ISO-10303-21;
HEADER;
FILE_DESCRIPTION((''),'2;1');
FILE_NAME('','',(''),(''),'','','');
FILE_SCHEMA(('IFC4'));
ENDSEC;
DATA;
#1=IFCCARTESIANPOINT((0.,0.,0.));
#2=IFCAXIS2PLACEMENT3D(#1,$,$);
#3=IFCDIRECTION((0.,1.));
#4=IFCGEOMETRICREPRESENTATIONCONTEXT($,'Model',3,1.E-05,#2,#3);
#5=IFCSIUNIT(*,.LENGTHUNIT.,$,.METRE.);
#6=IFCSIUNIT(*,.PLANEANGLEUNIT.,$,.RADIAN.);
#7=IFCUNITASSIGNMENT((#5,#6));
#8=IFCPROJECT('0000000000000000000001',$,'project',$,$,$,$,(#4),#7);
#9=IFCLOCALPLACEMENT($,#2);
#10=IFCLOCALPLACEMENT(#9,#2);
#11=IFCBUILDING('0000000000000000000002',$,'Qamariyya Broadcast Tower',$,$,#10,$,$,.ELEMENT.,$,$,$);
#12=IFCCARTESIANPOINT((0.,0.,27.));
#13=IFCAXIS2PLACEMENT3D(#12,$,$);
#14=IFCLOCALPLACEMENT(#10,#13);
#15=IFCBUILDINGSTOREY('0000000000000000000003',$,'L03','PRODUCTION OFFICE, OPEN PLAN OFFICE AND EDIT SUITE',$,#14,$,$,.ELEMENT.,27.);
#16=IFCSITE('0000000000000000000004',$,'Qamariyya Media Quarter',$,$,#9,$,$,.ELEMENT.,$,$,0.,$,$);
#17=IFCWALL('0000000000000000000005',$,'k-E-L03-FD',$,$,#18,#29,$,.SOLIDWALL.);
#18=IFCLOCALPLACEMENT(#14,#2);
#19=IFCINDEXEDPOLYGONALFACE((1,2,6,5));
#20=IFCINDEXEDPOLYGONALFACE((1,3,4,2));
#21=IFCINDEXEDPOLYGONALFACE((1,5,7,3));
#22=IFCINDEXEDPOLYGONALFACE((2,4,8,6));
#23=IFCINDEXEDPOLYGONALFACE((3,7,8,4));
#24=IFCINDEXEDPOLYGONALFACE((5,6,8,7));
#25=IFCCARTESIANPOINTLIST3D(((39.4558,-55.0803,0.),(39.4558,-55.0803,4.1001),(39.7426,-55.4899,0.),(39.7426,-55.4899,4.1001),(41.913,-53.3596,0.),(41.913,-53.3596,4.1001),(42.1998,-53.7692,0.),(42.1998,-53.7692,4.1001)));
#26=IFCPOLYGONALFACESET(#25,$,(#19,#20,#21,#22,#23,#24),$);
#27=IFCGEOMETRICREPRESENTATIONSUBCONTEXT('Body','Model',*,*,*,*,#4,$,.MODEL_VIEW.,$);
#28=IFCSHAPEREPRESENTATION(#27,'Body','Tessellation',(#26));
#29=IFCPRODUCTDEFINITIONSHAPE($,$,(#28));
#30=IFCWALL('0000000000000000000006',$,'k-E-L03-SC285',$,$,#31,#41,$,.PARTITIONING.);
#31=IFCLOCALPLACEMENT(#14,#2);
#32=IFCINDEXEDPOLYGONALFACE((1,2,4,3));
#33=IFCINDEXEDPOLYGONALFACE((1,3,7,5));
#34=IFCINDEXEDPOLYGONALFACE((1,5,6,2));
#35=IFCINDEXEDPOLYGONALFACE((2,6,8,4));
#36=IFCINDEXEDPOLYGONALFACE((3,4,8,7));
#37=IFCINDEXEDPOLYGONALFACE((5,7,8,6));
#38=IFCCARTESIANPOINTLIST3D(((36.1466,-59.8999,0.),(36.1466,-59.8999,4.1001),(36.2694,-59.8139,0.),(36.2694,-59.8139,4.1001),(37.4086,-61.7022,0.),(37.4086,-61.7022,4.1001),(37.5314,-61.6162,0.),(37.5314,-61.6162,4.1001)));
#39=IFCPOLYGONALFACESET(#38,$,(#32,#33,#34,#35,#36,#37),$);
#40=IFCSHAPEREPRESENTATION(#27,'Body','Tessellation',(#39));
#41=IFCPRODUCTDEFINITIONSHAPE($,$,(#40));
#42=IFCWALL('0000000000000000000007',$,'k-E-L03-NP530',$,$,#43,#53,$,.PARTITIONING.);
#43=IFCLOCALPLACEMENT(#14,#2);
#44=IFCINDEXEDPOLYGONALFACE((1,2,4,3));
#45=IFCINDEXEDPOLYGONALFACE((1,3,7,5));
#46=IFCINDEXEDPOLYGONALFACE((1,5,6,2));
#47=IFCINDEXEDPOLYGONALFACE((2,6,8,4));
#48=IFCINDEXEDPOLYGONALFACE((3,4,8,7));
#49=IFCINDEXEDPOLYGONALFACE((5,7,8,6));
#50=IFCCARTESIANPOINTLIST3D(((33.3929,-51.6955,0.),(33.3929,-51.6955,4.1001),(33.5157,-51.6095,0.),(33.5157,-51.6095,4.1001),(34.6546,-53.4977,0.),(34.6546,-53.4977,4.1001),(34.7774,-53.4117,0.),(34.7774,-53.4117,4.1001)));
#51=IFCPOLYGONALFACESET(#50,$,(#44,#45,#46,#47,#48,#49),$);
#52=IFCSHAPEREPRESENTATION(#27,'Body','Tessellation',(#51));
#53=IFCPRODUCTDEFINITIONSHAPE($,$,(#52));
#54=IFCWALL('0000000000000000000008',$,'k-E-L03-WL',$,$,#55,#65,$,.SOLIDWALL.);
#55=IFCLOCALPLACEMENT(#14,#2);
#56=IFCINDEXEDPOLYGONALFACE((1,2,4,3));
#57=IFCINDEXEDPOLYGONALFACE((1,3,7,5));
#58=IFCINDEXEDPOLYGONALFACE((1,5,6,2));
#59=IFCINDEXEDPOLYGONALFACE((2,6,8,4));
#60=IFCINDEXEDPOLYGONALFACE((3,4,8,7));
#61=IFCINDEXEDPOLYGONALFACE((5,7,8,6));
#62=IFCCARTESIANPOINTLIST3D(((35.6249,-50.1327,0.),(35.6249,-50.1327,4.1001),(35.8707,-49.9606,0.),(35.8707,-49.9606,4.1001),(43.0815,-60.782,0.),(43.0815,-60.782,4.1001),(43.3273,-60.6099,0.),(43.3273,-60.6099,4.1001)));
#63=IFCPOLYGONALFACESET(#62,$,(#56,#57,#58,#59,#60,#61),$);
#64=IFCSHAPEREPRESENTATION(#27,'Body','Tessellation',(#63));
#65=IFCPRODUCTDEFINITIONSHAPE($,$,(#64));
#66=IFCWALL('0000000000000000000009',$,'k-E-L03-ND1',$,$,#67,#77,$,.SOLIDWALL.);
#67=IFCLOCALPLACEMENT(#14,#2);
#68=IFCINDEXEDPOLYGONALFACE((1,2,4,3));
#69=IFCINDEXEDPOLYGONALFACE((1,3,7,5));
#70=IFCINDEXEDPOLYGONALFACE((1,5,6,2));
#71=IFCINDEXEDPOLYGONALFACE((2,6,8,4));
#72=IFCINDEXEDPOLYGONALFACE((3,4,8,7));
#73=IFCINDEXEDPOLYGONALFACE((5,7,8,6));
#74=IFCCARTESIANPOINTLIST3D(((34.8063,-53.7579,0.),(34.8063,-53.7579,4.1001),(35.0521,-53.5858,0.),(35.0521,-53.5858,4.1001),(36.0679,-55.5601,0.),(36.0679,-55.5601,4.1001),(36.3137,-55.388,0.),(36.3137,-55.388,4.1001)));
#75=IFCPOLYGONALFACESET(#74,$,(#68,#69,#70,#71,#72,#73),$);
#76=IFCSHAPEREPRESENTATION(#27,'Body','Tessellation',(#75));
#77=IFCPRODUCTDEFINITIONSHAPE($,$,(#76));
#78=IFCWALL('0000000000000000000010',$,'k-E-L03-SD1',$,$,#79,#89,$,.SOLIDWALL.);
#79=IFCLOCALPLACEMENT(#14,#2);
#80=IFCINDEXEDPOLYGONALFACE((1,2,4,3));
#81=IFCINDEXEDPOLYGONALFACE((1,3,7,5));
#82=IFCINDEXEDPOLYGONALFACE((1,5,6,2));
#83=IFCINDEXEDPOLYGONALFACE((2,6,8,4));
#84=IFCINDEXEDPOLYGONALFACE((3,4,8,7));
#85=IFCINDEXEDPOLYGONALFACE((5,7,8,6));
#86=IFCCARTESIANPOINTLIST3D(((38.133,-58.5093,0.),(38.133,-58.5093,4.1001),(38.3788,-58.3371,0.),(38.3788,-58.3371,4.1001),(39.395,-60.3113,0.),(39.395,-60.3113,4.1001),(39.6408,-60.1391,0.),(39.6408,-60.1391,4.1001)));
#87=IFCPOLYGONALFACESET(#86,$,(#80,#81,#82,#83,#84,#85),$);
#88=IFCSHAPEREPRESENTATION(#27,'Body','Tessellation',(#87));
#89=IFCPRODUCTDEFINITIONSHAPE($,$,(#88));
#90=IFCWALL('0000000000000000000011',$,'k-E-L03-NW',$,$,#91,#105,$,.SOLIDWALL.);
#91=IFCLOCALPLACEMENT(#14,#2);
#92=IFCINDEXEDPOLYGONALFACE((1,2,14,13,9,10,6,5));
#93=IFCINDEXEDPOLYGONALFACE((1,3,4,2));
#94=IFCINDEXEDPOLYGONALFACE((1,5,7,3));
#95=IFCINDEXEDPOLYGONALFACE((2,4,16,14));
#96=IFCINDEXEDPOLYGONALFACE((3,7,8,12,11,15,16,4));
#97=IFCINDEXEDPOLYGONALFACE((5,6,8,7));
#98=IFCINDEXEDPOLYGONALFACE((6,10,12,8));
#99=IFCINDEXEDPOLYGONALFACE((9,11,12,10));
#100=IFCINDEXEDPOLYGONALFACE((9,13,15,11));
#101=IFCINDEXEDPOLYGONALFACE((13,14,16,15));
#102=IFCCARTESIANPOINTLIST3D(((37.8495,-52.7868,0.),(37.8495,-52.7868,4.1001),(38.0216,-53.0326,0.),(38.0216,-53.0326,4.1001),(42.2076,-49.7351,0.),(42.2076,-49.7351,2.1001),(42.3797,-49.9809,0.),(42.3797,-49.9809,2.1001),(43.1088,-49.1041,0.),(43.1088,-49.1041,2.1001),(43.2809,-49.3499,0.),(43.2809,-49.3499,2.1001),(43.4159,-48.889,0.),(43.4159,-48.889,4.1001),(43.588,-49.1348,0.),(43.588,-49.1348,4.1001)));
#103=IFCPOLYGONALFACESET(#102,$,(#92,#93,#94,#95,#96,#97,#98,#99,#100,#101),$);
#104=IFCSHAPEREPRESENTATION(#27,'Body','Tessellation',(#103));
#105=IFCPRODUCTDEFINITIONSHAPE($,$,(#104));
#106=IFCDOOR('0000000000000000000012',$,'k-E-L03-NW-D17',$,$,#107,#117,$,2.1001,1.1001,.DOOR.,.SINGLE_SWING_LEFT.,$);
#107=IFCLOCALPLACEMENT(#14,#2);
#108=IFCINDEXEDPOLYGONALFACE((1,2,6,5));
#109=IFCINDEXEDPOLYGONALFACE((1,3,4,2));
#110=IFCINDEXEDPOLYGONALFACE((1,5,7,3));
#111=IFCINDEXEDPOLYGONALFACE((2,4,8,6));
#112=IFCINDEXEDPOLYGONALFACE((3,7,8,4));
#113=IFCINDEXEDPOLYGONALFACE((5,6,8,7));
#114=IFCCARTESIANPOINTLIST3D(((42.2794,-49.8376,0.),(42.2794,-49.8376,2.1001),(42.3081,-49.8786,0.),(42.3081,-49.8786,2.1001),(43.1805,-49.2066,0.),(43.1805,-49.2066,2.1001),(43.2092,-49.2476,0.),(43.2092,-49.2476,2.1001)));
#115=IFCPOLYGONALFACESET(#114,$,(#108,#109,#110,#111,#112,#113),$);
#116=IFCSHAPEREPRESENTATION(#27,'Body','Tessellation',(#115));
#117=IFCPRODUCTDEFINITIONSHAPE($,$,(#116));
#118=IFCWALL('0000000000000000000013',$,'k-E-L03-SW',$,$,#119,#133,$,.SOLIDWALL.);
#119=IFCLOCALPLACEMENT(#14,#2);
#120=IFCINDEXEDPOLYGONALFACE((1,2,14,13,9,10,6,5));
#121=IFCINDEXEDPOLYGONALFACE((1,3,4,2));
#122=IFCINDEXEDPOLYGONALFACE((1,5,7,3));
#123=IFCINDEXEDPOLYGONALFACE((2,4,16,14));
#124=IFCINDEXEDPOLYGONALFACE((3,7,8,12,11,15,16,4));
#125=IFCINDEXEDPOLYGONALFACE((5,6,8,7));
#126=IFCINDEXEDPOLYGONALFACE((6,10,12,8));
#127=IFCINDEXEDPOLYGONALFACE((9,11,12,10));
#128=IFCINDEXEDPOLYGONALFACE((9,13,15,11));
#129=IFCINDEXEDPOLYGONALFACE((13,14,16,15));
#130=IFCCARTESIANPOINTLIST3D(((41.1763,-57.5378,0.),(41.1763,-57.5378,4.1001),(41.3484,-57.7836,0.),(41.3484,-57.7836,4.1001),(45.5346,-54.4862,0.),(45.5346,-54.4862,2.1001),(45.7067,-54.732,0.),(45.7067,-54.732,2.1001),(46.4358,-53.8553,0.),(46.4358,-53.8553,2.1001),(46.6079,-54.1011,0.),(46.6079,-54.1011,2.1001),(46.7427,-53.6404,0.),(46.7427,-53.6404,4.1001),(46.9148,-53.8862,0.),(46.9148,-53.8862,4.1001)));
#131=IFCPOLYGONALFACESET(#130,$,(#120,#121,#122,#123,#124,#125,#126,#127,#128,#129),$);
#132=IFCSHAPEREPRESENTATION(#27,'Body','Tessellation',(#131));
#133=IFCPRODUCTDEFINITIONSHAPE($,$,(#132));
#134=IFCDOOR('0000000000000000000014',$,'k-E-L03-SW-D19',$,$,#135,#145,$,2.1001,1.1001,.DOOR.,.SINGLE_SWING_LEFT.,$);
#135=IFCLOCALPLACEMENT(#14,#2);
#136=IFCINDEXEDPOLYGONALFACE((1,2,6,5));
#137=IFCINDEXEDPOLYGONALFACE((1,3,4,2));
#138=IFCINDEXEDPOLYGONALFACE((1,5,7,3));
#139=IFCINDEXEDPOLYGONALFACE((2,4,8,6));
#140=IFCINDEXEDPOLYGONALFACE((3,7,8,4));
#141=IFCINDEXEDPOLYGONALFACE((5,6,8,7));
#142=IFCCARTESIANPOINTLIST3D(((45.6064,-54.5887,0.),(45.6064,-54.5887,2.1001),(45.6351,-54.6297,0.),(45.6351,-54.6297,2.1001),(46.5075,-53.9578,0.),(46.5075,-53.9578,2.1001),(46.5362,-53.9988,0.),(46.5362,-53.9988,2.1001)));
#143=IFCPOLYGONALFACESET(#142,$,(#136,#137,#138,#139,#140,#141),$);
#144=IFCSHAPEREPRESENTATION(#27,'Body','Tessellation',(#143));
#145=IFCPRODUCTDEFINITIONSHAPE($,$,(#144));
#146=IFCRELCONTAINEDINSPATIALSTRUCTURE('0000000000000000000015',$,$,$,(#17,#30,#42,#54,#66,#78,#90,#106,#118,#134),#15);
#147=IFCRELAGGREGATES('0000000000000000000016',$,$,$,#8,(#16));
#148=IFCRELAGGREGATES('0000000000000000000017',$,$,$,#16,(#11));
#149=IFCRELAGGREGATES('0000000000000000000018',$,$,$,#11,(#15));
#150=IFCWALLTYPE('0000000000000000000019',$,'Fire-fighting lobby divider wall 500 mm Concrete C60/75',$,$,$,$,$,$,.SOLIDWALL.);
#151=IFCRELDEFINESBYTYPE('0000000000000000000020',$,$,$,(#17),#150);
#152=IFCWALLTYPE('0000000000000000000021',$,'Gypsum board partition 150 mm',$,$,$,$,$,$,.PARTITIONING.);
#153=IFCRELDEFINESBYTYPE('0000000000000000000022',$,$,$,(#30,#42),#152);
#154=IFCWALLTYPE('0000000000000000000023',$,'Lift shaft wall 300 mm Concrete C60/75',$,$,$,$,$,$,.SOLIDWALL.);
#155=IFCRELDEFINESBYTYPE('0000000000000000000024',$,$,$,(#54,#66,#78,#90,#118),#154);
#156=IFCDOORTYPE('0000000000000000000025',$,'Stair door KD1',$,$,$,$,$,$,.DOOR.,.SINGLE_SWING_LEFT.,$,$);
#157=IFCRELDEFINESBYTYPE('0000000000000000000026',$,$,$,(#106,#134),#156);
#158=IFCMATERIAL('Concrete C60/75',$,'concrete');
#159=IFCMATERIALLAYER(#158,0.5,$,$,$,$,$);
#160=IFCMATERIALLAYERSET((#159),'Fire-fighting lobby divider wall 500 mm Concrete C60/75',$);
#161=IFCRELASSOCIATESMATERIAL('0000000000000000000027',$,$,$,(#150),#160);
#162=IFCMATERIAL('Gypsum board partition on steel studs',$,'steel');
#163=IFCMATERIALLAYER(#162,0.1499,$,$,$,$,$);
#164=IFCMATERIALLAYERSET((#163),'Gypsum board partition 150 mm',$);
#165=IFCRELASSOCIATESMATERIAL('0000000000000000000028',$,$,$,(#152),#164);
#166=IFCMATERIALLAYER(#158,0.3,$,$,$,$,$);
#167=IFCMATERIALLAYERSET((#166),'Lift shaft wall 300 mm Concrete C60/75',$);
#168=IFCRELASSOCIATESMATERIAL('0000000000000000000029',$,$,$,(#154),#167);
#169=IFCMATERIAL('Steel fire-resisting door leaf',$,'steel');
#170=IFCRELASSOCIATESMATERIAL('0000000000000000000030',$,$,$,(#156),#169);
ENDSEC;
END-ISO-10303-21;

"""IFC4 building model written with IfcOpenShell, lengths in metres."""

from ifc_helpers import new_model, si_unit, direction, frame, frame_2d, origin, place, context, subcontext, project, spatial, rectangle, extrude, material, layer, layer_set, type_object, element, fill, save


model = new_model("IFC4")

# Units and contexts
model_context = context("Model", 3, precision=1e-05, world=origin(), true_north=direction((0.0, 1.0)))
body_context = subcontext(model_context, "Body", "Model", "MODEL_VIEW")
ifc_project = project(units=[si_unit("LENGTHUNIT", "METRE"), si_unit("PLANEANGLEUNIT", "RADIAN")], contexts=[model_context])

# Site, building, storey
site_placement = place(None, origin())
site = spatial("IfcSite", under=ifc_project, at=site_placement, Name="Qamariyya Media Quarter", CompositionType="ELEMENT", RefElevation=0.0)
building_placement = place(site_placement, origin())
building = spatial("IfcBuilding", under=site, at=building_placement, Name="Qamariyya Broadcast Tower", CompositionType="ELEMENT")
storey_placement = place(building_placement, frame((0.0, 0.0, 27.0)))
storey = spatial("IfcBuildingStorey", under=building, at=storey_placement, Name="L03", Description="PRODUCTION OFFICE, OPEN PLAN OFFICE AND EDIT SUITE", CompositionType="ELEMENT", Elevation=27.0)

# Walls
ifc_material_1 = material(Name="Concrete C60/75", Category="concrete")
ifc_layer_1 = layer(ifc_material_1, 0.5)
ifc_layer_set_1 = layer_set([ifc_layer_1], Name="Fire-fighting lobby divider wall 500 mm Concrete C60/75")
wall_type_1 = type_object("IfcWallType", Name="Fire-fighting lobby divider wall 500 mm Concrete C60/75", PredefinedType="SOLIDWALL", material=ifc_layer_set_1)
wall_1_placement = place(storey_placement, frame((39.5991, -55.2852, 0.0), z_axis=(0.0, 0.0, 1.0), x_axis=(0.819136, 0.573599, 0.0)))
element("IfcWall", 1, at=wall_1_placement, inside=storey, type_object=wall_type_1, Name="k-E-L03-FD", PredefinedType="SOLIDWALL", context=body_context, shape_type="SweptSolid", body=[
    extrude(rectangle(XDim=2.9998, YDim=0.5, at=frame_2d((1.5, 0.0))), origin(), (0.0, 0.0, 1.0), 4.1001),
])
ifc_material_2 = material(Name="Gypsum board partition on steel studs", Category="steel")
ifc_layer_2 = layer(ifc_material_2, 0.1499)
ifc_layer_set_2 = layer_set([ifc_layer_2], Name="Gypsum board partition 150 mm")
wall_type_2 = type_object("IfcWallType", Name="Gypsum board partition 150 mm", PredefinedType="PARTITIONING", material=ifc_layer_set_2)
wall_2_placement = place(storey_placement, frame((36.208, -59.8569, 0.0), z_axis=(0.0, 0.0, 1.0), x_axis=(0.573581, -0.819149, 0.0)))
element("IfcWall", 2, at=wall_2_placement, inside=storey, type_object=wall_type_2, Name="k-E-L03-SC285", PredefinedType="PARTITIONING", context=body_context, shape_type="SweptSolid", body=[
    extrude(rectangle(XDim=2.2002, YDim=0.1499, at=frame_2d((1.1001, 0.0))), origin(), (0.0, 0.0, 1.0), 4.1001),
])
wall_3_placement = place(storey_placement, frame((34.7161, -53.4548, 0.0), z_axis=(0.0, 0.0, 1.0), x_axis=(-0.573507, 0.819201, 0.0)))
element("IfcWall", 3, at=wall_3_placement, inside=storey, type_object=wall_type_2, Name="k-E-L03-NP530", PredefinedType="PARTITIONING", context=body_context, shape_type="SweptSolid", body=[
    extrude(rectangle(XDim=2.2, YDim=0.1499, at=frame_2d((1.1001, 0.0))), origin(), (0.0, 0.0, 1.0), 4.1001),
])
ifc_layer_3 = layer(ifc_material_1, 0.3)
ifc_layer_set_3 = layer_set([ifc_layer_3], Name="Lift shaft wall 300 mm Concrete C60/75")
wall_type_3 = type_object("IfcWallType", Name="Lift shaft wall 300 mm Concrete C60/75", PredefinedType="SOLIDWALL", material=ifc_layer_set_3)
wall_4_placement = place(storey_placement, frame((43.2043, -60.6958, 0.0), z_axis=(0.0, 0.0, 1.0), x_axis=(-0.573572, 0.819155, 0.0)))
element("IfcWall", 4, at=wall_4_placement, inside=storey, type_object=wall_type_3, Name="k-E-L03-WL", PredefinedType="SOLIDWALL", context=body_context, shape_type="SweptSolid", body=[
    extrude(rectangle(XDim=13.0002, YDim=0.3, at=frame_2d((6.5, 0.0))), origin(), (0.0, 0.0, 1.0), 4.1001),
])
for number, where, z_axis, x_axis, name in (
    (5, (36.1909, -55.4741, 0.0), (0.0, 0.0, 1.0), (-0.573507, 0.819201, 0.0), "k-E-L03-ND1"),
    (6, (38.2559, -58.4231, 0.0), (0.0, 0.0, 1.0), (0.573634, -0.819112, 0.0), "k-E-L03-SD1"),
):
    element("IfcWall", number, at=place(storey_placement, frame(where, z_axis=z_axis, x_axis=x_axis)), inside=storey, type_object=wall_type_3, Name=name, PredefinedType="SOLIDWALL", context=body_context, shape_type="SweptSolid", body=[
        extrude(rectangle(XDim=2.2, YDim=0.3, at=frame_2d((1.1001, 0.0))), origin(), (0.0, 0.0, 1.0), 4.1001),
    ])

# Walls, openings, doors
wall_5_placement = place(storey_placement, frame((37.9355, -52.9097, 0.0), z_axis=(0.0, 0.0, 1.0), x_axis=(0.819148, 0.573583, 0.0)))
wall_5 = element("IfcWall", 7, at=wall_5_placement, inside=storey, type_object=wall_type_3, Name="k-E-L03-NW", PredefinedType="SOLIDWALL", context=body_context, shape_type="SweptSolid", body=[
    extrude(rectangle(XDim=6.7954, YDim=0.3, at=frame_2d((3.3977, 0.0))), origin(), (0.0, 0.0, 1.0), 4.1001),
])
opening_1_placement = place(wall_5_placement, frame((5.3203, 0.0, 0.0)))
opening_1 = element("IfcOpeningElement", 8, at=opening_1_placement, cuts=wall_5, PredefinedType="OPENING", context=body_context, shape_type="SweptSolid", body=[
    extrude(rectangle(XDim=1.1001, YDim=2.1001, at=frame_2d((0.55, 1.05))), frame((0.0, 0.1599, 0.0), z_axis=(0.0, -1.0, 0.0), x_axis=(1.0, 0.0, 0.0)), (0.0, 0.0, 1.0), 0.3201),
])
ifc_material_3 = material(Name="Steel fire-resisting door leaf", Category="steel")
door_type_1 = type_object("IfcDoorType", Name="Stair door KD1", OperationType="SINGLE_SWING_LEFT", PredefinedType="DOOR", material=ifc_material_3)
door_1_placement = place(opening_1_placement, origin())
door_1 = element("IfcDoor", 9, at=door_1_placement, inside=storey, type_object=door_type_1, Name="k-E-L03-NW-D17", OperationType="SINGLE_SWING_LEFT", OverallHeight=2.1001, OverallWidth=1.1001, PredefinedType="DOOR", context=body_context, shape_type="SweptSolid", body=[
    extrude(rectangle(XDim=1.1001, YDim=2.1001, at=frame_2d((0.55, 1.05))), frame((0.0, 0.0249, 0.0), z_axis=(0.0, -1.0, 0.0), x_axis=(1.0, 0.0, 0.0)), (0.0, 0.0, 1.0), 0.05),
])
fill(opening_1, door_1)
wall_6_placement = place(storey_placement, frame((41.2625, -57.6606, 0.0), z_axis=(0.0, 0.0, 1.0), x_axis=(0.819164, 0.573559, 0.0)))
wall_6 = element("IfcWall", 10, at=wall_6_placement, inside=storey, type_object=wall_type_3, Name="k-E-L03-SW", PredefinedType="SOLIDWALL", context=body_context, shape_type="SweptSolid", body=[
    extrude(rectangle(XDim=6.7952, YDim=0.3, at=frame_2d((3.3975, 0.0))), origin(), (0.0, 0.0, 1.0), 4.1001),
])
opening_2_placement = place(wall_6_placement, frame((5.3203, 0.0, 0.0)))
opening_2 = element("IfcOpeningElement", 11, at=opening_2_placement, cuts=wall_6, PredefinedType="OPENING", context=body_context, shape_type="SweptSolid", body=[
    extrude(rectangle(XDim=1.1001, YDim=2.1001, at=frame_2d((0.55, 1.05))), frame((0.0, 0.1599, 0.0), z_axis=(0.0, -1.0, 0.0), x_axis=(1.0, 0.0, 0.0)), (0.0, 0.0, 1.0), 0.3201),
])
door_2_placement = place(opening_2_placement, origin())
door_2 = element("IfcDoor", 12, at=door_2_placement, inside=storey, type_object=door_type_1, Name="k-E-L03-SW-D19", OperationType="SINGLE_SWING_LEFT", OverallHeight=2.1001, OverallWidth=1.1001, PredefinedType="DOOR", context=body_context, shape_type="SweptSolid", body=[
    extrude(rectangle(XDim=1.1001, YDim=2.1001, at=frame_2d((0.55, 1.05))), frame((0.0, 0.0249, 0.0), z_axis=(0.0, -1.0, 0.0), x_axis=(1.0, 0.0, 0.0)), (0.0, 0.0, 1.0), 0.05),
])
fill(opening_2, door_2)

save(model, "model.ifc")
